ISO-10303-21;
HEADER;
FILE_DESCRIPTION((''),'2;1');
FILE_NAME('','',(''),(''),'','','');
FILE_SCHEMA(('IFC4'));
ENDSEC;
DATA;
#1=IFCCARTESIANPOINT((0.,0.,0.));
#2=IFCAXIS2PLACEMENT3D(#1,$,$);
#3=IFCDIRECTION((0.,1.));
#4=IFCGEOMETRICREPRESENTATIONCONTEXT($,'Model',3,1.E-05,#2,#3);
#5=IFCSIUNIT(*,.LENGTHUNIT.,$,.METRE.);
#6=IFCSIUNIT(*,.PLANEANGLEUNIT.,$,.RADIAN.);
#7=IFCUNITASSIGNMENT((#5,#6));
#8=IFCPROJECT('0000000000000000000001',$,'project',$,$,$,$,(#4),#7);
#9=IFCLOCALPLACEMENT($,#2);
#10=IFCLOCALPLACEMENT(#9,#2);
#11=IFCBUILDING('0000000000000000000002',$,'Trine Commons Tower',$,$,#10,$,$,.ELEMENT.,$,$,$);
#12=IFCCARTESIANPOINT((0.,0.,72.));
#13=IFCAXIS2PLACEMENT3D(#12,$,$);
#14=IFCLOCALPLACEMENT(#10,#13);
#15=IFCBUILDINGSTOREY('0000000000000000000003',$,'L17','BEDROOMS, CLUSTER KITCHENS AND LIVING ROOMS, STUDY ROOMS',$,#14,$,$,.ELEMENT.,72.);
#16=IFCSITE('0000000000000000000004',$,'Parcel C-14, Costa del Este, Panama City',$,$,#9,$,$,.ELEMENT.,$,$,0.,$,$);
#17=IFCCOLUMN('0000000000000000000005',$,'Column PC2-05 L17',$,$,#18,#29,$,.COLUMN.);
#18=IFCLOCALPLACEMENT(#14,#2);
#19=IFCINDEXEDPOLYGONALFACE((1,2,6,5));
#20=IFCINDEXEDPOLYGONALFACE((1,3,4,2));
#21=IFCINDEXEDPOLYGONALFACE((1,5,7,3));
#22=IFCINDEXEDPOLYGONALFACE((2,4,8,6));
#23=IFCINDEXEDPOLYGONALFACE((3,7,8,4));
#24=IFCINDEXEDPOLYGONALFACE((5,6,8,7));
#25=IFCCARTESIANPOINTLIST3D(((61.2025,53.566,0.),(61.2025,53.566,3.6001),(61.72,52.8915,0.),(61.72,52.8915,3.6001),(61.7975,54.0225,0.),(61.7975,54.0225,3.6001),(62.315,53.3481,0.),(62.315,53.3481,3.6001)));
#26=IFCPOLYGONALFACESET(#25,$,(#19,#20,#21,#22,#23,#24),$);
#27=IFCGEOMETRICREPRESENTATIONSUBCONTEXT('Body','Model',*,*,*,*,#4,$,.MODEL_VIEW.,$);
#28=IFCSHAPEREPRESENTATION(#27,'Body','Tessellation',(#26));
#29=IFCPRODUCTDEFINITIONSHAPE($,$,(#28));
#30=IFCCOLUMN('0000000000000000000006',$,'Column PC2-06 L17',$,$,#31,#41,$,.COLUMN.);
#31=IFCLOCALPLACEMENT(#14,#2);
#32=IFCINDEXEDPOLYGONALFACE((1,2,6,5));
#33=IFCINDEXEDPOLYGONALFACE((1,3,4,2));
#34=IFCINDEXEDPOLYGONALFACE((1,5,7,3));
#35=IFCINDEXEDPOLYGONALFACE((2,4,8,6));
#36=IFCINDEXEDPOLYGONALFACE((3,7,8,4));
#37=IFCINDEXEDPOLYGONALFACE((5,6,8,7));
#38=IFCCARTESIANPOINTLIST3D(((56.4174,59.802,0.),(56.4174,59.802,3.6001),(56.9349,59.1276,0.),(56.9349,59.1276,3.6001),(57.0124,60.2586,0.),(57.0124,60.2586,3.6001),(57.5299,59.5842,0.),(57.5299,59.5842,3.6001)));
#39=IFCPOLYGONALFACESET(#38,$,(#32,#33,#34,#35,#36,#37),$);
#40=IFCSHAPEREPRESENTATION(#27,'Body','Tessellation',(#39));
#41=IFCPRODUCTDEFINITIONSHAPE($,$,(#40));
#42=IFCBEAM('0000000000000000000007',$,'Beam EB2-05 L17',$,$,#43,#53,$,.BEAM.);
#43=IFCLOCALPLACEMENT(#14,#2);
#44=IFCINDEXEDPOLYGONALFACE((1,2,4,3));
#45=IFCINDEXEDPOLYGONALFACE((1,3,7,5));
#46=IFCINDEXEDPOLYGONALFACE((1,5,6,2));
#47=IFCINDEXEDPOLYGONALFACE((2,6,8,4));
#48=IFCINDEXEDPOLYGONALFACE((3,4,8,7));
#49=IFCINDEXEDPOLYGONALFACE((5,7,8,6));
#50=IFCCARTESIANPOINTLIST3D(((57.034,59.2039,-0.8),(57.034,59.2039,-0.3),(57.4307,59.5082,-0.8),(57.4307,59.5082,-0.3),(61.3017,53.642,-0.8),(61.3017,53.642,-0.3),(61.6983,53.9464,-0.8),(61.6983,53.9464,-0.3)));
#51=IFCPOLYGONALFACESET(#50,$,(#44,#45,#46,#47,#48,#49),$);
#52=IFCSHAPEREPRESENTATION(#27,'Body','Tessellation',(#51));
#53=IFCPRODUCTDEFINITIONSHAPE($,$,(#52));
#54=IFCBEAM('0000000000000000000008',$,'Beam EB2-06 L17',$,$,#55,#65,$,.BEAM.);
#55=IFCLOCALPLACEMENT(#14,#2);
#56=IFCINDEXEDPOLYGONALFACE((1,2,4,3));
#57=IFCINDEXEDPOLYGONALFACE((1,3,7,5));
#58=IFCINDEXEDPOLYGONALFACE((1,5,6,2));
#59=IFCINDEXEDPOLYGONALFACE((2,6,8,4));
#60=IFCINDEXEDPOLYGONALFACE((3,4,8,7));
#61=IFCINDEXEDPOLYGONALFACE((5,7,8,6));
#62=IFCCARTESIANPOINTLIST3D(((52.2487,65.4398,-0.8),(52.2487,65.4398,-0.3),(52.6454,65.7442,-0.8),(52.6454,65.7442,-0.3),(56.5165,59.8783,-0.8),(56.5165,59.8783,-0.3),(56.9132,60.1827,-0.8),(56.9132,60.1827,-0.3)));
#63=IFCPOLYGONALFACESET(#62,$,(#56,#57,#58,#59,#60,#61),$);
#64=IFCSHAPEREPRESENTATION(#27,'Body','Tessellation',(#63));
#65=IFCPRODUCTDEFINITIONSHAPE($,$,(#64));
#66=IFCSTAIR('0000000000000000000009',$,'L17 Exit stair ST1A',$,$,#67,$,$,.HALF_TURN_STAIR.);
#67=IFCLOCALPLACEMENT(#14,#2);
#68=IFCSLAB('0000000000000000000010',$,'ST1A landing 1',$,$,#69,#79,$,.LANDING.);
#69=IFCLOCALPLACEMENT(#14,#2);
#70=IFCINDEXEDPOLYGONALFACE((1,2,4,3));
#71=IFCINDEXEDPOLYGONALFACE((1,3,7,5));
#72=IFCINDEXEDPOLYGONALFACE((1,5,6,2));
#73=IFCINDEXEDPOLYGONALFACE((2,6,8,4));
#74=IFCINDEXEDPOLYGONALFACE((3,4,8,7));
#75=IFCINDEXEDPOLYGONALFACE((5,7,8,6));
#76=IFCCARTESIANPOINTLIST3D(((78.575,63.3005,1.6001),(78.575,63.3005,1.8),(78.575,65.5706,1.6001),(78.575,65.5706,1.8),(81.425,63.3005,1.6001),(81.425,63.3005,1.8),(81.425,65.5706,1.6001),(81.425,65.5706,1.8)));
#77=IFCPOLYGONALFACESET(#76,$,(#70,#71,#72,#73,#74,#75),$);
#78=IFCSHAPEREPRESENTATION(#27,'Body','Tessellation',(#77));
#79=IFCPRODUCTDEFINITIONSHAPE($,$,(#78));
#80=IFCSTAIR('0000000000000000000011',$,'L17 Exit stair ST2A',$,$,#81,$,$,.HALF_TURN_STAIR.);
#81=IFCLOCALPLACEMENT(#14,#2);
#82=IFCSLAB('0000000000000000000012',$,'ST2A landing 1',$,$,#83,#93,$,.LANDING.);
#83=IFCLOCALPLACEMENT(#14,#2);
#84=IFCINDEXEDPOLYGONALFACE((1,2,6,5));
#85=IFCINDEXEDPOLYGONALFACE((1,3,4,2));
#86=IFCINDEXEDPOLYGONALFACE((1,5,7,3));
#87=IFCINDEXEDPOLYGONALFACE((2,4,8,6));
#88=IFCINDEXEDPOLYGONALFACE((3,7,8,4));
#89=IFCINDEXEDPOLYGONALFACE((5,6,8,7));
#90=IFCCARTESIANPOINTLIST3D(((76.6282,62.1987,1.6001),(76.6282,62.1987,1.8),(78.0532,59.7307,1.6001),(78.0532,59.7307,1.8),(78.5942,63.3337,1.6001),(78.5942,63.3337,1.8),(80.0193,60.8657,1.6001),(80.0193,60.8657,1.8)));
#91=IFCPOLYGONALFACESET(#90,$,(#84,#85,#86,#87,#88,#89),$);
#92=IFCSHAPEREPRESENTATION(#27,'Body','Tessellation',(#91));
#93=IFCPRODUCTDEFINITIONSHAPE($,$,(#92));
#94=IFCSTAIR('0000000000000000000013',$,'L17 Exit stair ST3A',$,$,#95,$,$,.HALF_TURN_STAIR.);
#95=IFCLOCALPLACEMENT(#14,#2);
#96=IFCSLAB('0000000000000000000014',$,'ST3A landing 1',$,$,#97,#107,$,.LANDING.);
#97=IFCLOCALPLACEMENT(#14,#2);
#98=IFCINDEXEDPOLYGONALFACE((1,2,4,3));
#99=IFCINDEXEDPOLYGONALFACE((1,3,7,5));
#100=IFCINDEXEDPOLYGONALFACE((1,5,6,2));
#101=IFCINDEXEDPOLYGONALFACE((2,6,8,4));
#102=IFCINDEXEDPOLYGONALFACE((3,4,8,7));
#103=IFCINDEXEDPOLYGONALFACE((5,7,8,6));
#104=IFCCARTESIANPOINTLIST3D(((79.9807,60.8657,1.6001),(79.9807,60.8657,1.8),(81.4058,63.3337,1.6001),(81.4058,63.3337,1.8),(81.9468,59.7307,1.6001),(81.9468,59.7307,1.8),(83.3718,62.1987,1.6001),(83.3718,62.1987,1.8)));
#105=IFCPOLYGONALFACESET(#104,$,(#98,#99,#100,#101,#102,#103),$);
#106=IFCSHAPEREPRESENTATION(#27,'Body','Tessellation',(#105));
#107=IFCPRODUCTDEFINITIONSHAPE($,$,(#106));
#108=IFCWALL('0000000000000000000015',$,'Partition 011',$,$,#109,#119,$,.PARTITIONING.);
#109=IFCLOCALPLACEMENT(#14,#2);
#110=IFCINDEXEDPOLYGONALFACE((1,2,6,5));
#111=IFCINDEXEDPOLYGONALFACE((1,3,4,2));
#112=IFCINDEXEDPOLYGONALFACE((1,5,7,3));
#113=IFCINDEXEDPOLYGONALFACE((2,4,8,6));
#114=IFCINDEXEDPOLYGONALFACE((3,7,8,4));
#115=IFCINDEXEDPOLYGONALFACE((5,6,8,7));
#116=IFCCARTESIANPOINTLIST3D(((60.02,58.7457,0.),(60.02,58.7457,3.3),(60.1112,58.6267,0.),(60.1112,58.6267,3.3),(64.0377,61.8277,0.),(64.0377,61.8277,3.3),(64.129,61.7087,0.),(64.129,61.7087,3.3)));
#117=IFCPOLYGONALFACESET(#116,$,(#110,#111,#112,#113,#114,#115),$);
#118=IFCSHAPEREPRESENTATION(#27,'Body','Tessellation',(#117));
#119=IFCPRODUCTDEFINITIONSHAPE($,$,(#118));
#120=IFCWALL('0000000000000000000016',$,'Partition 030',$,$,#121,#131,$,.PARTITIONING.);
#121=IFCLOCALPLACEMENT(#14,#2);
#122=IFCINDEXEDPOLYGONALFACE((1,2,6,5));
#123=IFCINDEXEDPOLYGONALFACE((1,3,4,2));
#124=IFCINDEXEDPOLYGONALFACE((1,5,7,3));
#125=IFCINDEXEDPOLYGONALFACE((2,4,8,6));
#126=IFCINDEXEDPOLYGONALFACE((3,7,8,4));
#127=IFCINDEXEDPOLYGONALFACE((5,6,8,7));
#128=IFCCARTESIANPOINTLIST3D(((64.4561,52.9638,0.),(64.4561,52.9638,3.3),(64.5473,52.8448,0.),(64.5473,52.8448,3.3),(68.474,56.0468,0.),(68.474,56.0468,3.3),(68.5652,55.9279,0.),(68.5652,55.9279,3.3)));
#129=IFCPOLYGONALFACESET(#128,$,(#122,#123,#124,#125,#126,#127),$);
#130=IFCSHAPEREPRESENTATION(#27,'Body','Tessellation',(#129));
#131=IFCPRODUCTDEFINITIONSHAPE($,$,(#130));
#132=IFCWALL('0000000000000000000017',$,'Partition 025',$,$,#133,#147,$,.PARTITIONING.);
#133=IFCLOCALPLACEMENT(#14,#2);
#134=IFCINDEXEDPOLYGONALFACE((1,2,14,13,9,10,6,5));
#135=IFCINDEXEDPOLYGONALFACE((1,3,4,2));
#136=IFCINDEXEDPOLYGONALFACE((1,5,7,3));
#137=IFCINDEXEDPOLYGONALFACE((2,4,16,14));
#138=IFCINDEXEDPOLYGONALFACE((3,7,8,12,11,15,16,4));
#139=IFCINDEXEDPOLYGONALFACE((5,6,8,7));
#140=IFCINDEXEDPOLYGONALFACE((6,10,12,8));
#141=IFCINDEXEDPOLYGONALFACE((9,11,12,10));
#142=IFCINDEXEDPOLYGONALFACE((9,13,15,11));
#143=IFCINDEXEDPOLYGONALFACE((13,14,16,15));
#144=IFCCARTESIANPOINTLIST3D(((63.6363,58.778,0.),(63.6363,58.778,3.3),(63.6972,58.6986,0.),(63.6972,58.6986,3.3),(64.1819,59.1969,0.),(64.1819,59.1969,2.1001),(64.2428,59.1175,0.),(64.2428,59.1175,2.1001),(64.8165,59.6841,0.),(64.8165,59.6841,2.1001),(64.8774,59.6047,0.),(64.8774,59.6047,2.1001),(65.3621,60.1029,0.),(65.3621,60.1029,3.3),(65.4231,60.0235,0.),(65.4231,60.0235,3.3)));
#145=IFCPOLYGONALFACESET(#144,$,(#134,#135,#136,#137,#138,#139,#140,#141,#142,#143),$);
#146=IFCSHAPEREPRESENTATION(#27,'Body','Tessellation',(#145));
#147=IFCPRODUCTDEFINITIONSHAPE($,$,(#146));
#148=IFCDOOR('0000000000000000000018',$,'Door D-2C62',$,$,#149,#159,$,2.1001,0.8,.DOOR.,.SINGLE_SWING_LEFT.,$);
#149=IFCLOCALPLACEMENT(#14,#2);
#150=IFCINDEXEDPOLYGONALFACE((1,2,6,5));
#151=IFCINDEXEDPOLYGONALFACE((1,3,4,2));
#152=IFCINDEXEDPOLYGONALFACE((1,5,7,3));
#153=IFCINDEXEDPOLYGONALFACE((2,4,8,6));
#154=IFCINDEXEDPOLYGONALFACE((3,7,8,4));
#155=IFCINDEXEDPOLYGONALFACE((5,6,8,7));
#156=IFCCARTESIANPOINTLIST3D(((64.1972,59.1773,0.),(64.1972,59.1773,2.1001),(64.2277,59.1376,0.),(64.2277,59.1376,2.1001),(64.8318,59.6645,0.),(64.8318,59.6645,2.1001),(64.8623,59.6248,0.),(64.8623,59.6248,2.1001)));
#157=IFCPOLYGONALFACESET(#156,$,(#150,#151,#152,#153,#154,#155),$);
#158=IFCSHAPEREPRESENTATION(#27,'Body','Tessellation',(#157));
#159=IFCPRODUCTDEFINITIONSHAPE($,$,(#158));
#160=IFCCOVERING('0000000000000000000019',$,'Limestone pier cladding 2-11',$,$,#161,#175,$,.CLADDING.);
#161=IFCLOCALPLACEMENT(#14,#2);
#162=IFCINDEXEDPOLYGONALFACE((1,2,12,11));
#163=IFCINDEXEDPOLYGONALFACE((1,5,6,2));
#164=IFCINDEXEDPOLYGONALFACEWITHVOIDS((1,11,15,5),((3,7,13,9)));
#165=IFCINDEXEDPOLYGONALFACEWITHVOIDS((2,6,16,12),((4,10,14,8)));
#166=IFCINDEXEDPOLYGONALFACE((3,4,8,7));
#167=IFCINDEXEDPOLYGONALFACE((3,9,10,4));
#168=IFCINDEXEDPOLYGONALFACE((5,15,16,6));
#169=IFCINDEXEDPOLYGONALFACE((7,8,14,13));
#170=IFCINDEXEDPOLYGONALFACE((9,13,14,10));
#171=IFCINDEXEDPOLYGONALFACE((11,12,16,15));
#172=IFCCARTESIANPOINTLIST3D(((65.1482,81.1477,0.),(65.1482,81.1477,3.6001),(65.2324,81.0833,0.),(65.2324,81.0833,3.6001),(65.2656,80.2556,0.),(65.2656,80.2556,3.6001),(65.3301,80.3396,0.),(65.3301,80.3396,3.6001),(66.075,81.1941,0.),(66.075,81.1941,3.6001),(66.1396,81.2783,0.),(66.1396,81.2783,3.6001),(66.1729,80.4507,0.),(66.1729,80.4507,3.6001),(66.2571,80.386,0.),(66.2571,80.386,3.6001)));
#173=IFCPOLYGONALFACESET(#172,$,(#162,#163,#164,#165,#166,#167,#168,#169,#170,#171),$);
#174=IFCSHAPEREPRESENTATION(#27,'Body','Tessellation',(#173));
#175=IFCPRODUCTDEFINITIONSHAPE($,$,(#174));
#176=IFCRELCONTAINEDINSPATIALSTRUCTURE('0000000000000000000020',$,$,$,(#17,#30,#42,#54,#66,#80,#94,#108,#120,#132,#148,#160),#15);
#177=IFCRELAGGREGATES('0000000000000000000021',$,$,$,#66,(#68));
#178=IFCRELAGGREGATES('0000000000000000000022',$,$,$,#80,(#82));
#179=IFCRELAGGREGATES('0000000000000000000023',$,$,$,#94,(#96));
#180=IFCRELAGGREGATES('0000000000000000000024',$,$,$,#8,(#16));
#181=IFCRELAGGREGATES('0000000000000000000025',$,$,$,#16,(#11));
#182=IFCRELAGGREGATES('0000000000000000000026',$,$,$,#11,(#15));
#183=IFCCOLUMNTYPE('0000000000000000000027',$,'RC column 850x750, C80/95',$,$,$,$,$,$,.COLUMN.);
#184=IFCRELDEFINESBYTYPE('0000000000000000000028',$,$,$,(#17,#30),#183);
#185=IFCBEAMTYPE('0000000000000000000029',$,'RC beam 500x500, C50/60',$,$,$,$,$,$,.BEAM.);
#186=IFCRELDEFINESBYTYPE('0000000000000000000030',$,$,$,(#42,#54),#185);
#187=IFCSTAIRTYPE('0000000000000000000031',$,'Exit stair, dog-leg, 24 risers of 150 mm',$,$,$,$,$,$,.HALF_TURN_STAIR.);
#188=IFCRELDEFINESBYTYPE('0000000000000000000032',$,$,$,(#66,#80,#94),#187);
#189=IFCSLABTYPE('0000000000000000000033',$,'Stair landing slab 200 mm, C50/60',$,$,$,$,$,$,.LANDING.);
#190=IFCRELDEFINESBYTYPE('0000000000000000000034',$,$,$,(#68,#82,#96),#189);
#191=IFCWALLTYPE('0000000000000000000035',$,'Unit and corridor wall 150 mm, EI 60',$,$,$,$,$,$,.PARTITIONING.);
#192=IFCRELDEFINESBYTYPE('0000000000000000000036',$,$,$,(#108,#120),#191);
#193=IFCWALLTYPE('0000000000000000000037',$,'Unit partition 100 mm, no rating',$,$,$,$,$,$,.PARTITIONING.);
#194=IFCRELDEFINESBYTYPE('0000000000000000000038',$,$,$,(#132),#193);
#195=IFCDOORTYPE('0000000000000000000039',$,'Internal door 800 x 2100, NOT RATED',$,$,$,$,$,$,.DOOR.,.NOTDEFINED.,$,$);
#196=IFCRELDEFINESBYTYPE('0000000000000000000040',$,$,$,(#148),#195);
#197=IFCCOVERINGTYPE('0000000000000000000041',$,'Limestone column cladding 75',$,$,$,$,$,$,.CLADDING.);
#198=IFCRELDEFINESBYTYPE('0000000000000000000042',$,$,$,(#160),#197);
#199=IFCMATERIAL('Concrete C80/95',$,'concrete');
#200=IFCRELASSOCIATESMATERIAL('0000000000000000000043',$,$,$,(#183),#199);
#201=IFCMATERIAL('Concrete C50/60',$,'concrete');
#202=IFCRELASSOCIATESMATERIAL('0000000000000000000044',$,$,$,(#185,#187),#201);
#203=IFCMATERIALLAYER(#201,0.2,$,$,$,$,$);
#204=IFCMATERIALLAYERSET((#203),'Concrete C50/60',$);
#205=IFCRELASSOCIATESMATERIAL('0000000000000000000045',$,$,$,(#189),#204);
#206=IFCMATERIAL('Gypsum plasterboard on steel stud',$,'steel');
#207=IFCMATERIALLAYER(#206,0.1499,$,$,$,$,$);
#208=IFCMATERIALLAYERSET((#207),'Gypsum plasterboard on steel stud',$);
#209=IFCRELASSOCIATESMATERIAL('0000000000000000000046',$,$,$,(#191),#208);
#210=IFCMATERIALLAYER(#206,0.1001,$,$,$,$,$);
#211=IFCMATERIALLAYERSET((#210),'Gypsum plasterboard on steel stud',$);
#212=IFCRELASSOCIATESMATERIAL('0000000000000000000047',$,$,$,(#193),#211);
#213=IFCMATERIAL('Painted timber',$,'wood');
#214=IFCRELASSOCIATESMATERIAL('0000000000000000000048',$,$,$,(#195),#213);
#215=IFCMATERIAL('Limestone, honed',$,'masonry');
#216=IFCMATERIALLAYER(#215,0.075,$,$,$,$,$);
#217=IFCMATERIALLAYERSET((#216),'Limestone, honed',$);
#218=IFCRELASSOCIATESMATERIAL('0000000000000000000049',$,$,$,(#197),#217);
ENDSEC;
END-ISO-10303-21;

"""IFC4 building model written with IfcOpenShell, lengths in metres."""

from ifc_helpers import new_model, si_unit, direction, frame, frame_2d, origin, origin_2d, place, context, subcontext, project, spatial, polyline, rectangle, outline, extrude, material, layer, layer_set, material_profile, profile_set, type_object, element, fill, aggregate, save


model = new_model("IFC4")

# Units and contexts
model_context = context("Model", 3, precision=1e-05, world=origin(), true_north=direction((0.0, 1.0)))
body_context = subcontext(model_context, "Body", "Model", "MODEL_VIEW")
ifc_project = project(units=[si_unit("LENGTHUNIT", "METRE"), si_unit("PLANEANGLEUNIT", "RADIAN")], contexts=[model_context])

# Site, building, storey
site_placement = place(None, origin())
site = spatial("IfcSite", under=ifc_project, at=site_placement, Name="Parcel C-14, Costa del Este, Panama City", CompositionType="ELEMENT", RefElevation=0.0)
building_placement = place(site_placement, origin())
building = spatial("IfcBuilding", under=site, at=building_placement, Name="Trine Commons Tower", CompositionType="ELEMENT")
storey_placement = place(building_placement, frame((0.0, 0.0, 72.0)))
storey = spatial("IfcBuildingStorey", under=building, at=storey_placement, Name="L17", Description="BEDROOMS, CLUSTER KITCHENS AND LIVING ROOMS, STUDY ROOMS", CompositionType="ELEMENT", Elevation=72.0)

# Columns
ifc_material_1 = material(Name="Concrete C80/95", Category="concrete")
ifc_material_profile_1 = material_profile(ifc_material_1, rectangle(XDim=0.8501, YDim=0.75, at=origin_2d()), Name="RC 850x750")
ifc_profile_set_1 = profile_set([ifc_material_profile_1], Name="Concrete C80/95")
column_type = type_object("IfcColumnType", Name="RC column 850x750, C80/95", PredefinedType="COLUMN", material=ifc_profile_set_1)
for number, where, z_axis, x_axis, name in (
    (1, (61.7588, 53.457, 0.0), (0.0, 0.0, 1.0), (-0.608761, 0.793353, 0.0), "Column PC2-05 L17"),
    (2, (56.9736, 59.6931, 0.0), (0.0, 0.0, 1.0), (-0.608761, 0.793353, 0.0), "Column PC2-06 L17"),
):
    element("IfcColumn", number, at=place(storey_placement, frame(where, z_axis=z_axis, x_axis=x_axis)), inside=storey, type_object=column_type, Name=name, PredefinedType="COLUMN", context=body_context, shape_type="SweptSolid", body=[
        extrude(rectangle(XDim=0.8501, YDim=0.75, at=origin_2d()), origin(), (0.0, 0.0, 1.0), 3.6001),
    ])

# Beams
ifc_material_2 = material(Name="Concrete C50/60", Category="concrete")
ifc_material_profile_2 = material_profile(ifc_material_2, rectangle(XDim=0.5, YDim=0.5, at=origin_2d()), Name="RC 500x500")
ifc_profile_set_2 = profile_set([ifc_material_profile_2], Name="Concrete C50/60")
beam_type = type_object("IfcBeamType", Name="RC beam 500x500, C50/60", PredefinedType="BEAM", material=ifc_profile_set_2)
beam_1_placement = place(storey_placement, frame((61.5, 53.7942, -0.55), z_axis=(-0.608751, 0.793361, 0.0), x_axis=(-0.793361, -0.608751, 0.0)))
element("IfcBeam", 3, at=beam_1_placement, inside=storey, type_object=beam_type, Name="Beam EB2-05 L17", PredefinedType="BEAM", context=body_context, shape_type="SweptSolid", body=[
    extrude(rectangle(XDim=0.5, YDim=0.5, at=origin_2d()), origin(), (0.0, 0.0, 1.0), 7.0105),
])
beam_2_placement = place(storey_placement, frame((56.7148, 60.0305, -0.55), z_axis=(-0.60879, 0.793332, 0.0), x_axis=(-0.793332, -0.60879, 0.0)))
element("IfcBeam", 4, at=beam_2_placement, inside=storey, type_object=beam_type, Name="Beam EB2-06 L17", PredefinedType="BEAM", context=body_context, shape_type="SweptSolid", body=[
    extrude(rectangle(XDim=0.5, YDim=0.5, at=origin_2d()), origin(), (0.0, 0.0, 1.0), 7.0103),
])

# Stairs, slabs
stair_type = type_object("IfcStairType", Name="Exit stair, dog-leg, 24 risers of 150 mm", PredefinedType="HALF_TURN_STAIR", material=ifc_material_2)
stair_1_placement = place(storey_placement, origin())
stair_1 = element("IfcStair", 5, at=stair_1_placement, inside=storey, type_object=stair_type, Name="L17 Exit stair ST1A", PredefinedType="HALF_TURN_STAIR")
ifc_layer_1 = layer(ifc_material_2, 0.2)
ifc_layer_set_1 = layer_set([ifc_layer_1], Name="Concrete C50/60")
slab_type = type_object("IfcSlabType", Name="Stair landing slab 200 mm, C50/60", PredefinedType="LANDING", material=ifc_layer_set_1)
slab_1_placement = place(storey_placement, frame((0.0, 0.0, 1.6001)))
slab_1 = element("IfcSlab", 6, at=slab_1_placement, type_object=slab_type, Name="ST1A landing 1", PredefinedType="LANDING", context=body_context, shape_type="SweptSolid", body=[
    extrude(outline(polyline([(78.575, 65.5706), (78.575, 63.3005), (81.425, 63.3005), (81.425, 65.5706), (78.575, 65.5706)])), origin(), (0.0, 0.0, 1.0), 0.2),
])
aggregate(stair_1, [slab_1])
stair_2_placement = place(storey_placement, origin())
stair_2 = element("IfcStair", 7, at=stair_2_placement, inside=storey, type_object=stair_type, Name="L17 Exit stair ST2A", PredefinedType="HALF_TURN_STAIR")
slab_2_placement = place(storey_placement, frame((0.0, 0.0, 1.6001)))
slab_2 = element("IfcSlab", 8, at=slab_2_placement, type_object=slab_type, Name="ST2A landing 1", PredefinedType="LANDING", context=body_context, shape_type="SweptSolid", body=[
    extrude(outline(polyline([(78.0532, 59.7307), (80.0193, 60.8657), (78.5942, 63.3337), (76.6282, 62.1987), (78.0532, 59.7307)])), origin(), (0.0, 0.0, 1.0), 0.2),
])
aggregate(stair_2, [slab_2])
stair_3_placement = place(storey_placement, origin())
stair_3 = element("IfcStair", 9, at=stair_3_placement, inside=storey, type_object=stair_type, Name="L17 Exit stair ST3A", PredefinedType="HALF_TURN_STAIR")
slab_3_placement = place(storey_placement, frame((0.0, 0.0, 1.6001)))
slab_3 = element("IfcSlab", 10, at=slab_3_placement, type_object=slab_type, Name="ST3A landing 1", PredefinedType="LANDING", context=body_context, shape_type="SweptSolid", body=[
    extrude(outline(polyline([(83.3718, 62.1987), (81.4058, 63.3337), (79.9807, 60.8657), (81.9468, 59.7307), (83.3718, 62.1987)])), origin(), (0.0, 0.0, 1.0), 0.2),
])
aggregate(stair_3, [slab_3])

# Walls
ifc_material_3 = material(Name="Gypsum plasterboard on steel stud", Category="steel")
ifc_layer_2 = layer(ifc_material_3, 0.1499)
ifc_layer_set_2 = layer_set([ifc_layer_2], Name="Gypsum plasterboard on steel stud")
wall_type_1 = type_object("IfcWallType", Name="Unit and corridor wall 150 mm, EI 60", PredefinedType="PARTITIONING", material=ifc_layer_set_2)
wall_1_placement = place(storey_placement, frame((60.0657, 58.6863, 0.0), z_axis=(0.0, 0.0, 1.0), x_axis=(0.793444, 0.608643, 0.0)))
element("IfcWall", 11, at=wall_1_placement, inside=storey, type_object=wall_type_1, Name="Partition 011", PredefinedType="PARTITIONING", context=body_context, shape_type="SweptSolid", body=[
    extrude(rectangle(XDim=5.0637, YDim=0.1499, at=frame_2d((2.5317, 0.0))), origin(), (0.0, 0.0, 1.0), 3.3),
])
wall_2_placement = place(storey_placement, frame((64.5017, 52.9043, 0.0), z_axis=(0.0, 0.0, 1.0), x_axis=(0.793351, 0.608764, 0.0)))
element("IfcWall", 12, at=wall_2_placement, inside=storey, type_object=wall_type_1, Name="Partition 030", PredefinedType="PARTITIONING", context=body_context, shape_type="SweptSolid", body=[
    extrude(rectangle(XDim=5.0645, YDim=0.1499, at=frame_2d((2.5322, 0.0))), origin(), (0.0, 0.0, 1.0), 3.3),
])

# Wall, opening, door
ifc_layer_3 = layer(ifc_material_3, 0.1001)
ifc_layer_set_3 = layer_set([ifc_layer_3], Name="Gypsum plasterboard on steel stud")
wall_type_2 = type_object("IfcWallType", Name="Unit partition 100 mm, no rating", PredefinedType="PARTITIONING", material=ifc_layer_set_3)
wall_3_placement = place(storey_placement, frame((63.6667, 58.7383, 0.0), z_axis=(0.0, 0.0, 1.0), x_axis=(0.793203, 0.608957, 0.0)))
wall_3 = element("IfcWall", 13, at=wall_3_placement, inside=storey, type_object=wall_type_2, Name="Partition 025", PredefinedType="PARTITIONING", context=body_context, shape_type="SweptSolid", body=[
    extrude(rectangle(XDim=2.1758, YDim=0.1001, at=frame_2d((1.0879, 0.0))), origin(), (0.0, 0.0, 1.0), 3.3),
])
opening_placement = place(wall_3_placement, frame((0.688, 0.0, 0.0)))
opening = element("IfcOpeningElement", 14, at=opening_placement, cuts=wall_3, PredefinedType="OPENING", context=body_context, shape_type="SweptSolid", body=[
    extrude(rectangle(XDim=0.8, YDim=2.1001, at=frame_2d((0.3999, 1.05))), frame((0.0, 0.0601, 0.0), z_axis=(0.0, -1.0, 0.0), x_axis=(1.0, 0.0, 0.0)), (0.0, 0.0, 1.0), 0.1201),
])
ifc_material_4 = material(Name="Painted timber", Category="wood")
door_type = type_object("IfcDoorType", Name="Internal door 800 x 2100, NOT RATED", OperationType="NOTDEFINED", PredefinedType="DOOR", material=ifc_material_4)
door_placement = place(opening_placement, frame((0.8, 0.0, 0.0), z_axis=(0.0, 0.0, 1.0), x_axis=(-1.0, 0.0, 0.0)))
door = element("IfcDoor", 15, at=door_placement, inside=storey, type_object=door_type, Name="Door D-2C62", OperationType="SINGLE_SWING_LEFT", OverallHeight=2.1001, OverallWidth=0.8, PredefinedType="DOOR", context=body_context, shape_type="SweptSolid", body=[
    extrude(rectangle(XDim=0.8, YDim=2.1001, at=frame_2d((0.3999, 1.05))), frame((0.0, 0.0249, 0.0), z_axis=(0.0, -1.0, 0.0), x_axis=(1.0, 0.0, 0.0)), (0.0, 0.0, 1.0), 0.05),
])
fill(opening, door)

# Covering
ifc_material_5 = material(Name="Limestone, honed", Category="masonry")
ifc_layer_4 = layer(ifc_material_5, 0.075)
ifc_layer_set_4 = layer_set([ifc_layer_4], Name="Limestone, honed")
covering_type_1 = type_object("IfcCoveringType", Name="Limestone column cladding 75", PredefinedType="CLADDING", material=ifc_layer_set_4)
covering_1_placement = place(storey_placement, origin())
element("IfcCovering", 16, at=covering_1_placement, inside=storey, type_object=covering_type_1, Name="Limestone pier cladding 2-11", PredefinedType="CLADDING", context=body_context, shape_type="SweptSolid", body=[
    extrude(outline(polyline([(66.2571, 80.386), (66.1396, 81.2783), (65.1482, 81.1477), (65.2656, 80.2556), (66.2571, 80.386)]), holes=[polyline([(66.1729, 80.4507), (66.075, 81.1941), (65.2324, 81.0833), (65.3301, 80.3396), (66.1729, 80.4507)])]), origin(), (0.0, 0.0, 1.0), 3.6001),
])

save(model, "model.ifc")
